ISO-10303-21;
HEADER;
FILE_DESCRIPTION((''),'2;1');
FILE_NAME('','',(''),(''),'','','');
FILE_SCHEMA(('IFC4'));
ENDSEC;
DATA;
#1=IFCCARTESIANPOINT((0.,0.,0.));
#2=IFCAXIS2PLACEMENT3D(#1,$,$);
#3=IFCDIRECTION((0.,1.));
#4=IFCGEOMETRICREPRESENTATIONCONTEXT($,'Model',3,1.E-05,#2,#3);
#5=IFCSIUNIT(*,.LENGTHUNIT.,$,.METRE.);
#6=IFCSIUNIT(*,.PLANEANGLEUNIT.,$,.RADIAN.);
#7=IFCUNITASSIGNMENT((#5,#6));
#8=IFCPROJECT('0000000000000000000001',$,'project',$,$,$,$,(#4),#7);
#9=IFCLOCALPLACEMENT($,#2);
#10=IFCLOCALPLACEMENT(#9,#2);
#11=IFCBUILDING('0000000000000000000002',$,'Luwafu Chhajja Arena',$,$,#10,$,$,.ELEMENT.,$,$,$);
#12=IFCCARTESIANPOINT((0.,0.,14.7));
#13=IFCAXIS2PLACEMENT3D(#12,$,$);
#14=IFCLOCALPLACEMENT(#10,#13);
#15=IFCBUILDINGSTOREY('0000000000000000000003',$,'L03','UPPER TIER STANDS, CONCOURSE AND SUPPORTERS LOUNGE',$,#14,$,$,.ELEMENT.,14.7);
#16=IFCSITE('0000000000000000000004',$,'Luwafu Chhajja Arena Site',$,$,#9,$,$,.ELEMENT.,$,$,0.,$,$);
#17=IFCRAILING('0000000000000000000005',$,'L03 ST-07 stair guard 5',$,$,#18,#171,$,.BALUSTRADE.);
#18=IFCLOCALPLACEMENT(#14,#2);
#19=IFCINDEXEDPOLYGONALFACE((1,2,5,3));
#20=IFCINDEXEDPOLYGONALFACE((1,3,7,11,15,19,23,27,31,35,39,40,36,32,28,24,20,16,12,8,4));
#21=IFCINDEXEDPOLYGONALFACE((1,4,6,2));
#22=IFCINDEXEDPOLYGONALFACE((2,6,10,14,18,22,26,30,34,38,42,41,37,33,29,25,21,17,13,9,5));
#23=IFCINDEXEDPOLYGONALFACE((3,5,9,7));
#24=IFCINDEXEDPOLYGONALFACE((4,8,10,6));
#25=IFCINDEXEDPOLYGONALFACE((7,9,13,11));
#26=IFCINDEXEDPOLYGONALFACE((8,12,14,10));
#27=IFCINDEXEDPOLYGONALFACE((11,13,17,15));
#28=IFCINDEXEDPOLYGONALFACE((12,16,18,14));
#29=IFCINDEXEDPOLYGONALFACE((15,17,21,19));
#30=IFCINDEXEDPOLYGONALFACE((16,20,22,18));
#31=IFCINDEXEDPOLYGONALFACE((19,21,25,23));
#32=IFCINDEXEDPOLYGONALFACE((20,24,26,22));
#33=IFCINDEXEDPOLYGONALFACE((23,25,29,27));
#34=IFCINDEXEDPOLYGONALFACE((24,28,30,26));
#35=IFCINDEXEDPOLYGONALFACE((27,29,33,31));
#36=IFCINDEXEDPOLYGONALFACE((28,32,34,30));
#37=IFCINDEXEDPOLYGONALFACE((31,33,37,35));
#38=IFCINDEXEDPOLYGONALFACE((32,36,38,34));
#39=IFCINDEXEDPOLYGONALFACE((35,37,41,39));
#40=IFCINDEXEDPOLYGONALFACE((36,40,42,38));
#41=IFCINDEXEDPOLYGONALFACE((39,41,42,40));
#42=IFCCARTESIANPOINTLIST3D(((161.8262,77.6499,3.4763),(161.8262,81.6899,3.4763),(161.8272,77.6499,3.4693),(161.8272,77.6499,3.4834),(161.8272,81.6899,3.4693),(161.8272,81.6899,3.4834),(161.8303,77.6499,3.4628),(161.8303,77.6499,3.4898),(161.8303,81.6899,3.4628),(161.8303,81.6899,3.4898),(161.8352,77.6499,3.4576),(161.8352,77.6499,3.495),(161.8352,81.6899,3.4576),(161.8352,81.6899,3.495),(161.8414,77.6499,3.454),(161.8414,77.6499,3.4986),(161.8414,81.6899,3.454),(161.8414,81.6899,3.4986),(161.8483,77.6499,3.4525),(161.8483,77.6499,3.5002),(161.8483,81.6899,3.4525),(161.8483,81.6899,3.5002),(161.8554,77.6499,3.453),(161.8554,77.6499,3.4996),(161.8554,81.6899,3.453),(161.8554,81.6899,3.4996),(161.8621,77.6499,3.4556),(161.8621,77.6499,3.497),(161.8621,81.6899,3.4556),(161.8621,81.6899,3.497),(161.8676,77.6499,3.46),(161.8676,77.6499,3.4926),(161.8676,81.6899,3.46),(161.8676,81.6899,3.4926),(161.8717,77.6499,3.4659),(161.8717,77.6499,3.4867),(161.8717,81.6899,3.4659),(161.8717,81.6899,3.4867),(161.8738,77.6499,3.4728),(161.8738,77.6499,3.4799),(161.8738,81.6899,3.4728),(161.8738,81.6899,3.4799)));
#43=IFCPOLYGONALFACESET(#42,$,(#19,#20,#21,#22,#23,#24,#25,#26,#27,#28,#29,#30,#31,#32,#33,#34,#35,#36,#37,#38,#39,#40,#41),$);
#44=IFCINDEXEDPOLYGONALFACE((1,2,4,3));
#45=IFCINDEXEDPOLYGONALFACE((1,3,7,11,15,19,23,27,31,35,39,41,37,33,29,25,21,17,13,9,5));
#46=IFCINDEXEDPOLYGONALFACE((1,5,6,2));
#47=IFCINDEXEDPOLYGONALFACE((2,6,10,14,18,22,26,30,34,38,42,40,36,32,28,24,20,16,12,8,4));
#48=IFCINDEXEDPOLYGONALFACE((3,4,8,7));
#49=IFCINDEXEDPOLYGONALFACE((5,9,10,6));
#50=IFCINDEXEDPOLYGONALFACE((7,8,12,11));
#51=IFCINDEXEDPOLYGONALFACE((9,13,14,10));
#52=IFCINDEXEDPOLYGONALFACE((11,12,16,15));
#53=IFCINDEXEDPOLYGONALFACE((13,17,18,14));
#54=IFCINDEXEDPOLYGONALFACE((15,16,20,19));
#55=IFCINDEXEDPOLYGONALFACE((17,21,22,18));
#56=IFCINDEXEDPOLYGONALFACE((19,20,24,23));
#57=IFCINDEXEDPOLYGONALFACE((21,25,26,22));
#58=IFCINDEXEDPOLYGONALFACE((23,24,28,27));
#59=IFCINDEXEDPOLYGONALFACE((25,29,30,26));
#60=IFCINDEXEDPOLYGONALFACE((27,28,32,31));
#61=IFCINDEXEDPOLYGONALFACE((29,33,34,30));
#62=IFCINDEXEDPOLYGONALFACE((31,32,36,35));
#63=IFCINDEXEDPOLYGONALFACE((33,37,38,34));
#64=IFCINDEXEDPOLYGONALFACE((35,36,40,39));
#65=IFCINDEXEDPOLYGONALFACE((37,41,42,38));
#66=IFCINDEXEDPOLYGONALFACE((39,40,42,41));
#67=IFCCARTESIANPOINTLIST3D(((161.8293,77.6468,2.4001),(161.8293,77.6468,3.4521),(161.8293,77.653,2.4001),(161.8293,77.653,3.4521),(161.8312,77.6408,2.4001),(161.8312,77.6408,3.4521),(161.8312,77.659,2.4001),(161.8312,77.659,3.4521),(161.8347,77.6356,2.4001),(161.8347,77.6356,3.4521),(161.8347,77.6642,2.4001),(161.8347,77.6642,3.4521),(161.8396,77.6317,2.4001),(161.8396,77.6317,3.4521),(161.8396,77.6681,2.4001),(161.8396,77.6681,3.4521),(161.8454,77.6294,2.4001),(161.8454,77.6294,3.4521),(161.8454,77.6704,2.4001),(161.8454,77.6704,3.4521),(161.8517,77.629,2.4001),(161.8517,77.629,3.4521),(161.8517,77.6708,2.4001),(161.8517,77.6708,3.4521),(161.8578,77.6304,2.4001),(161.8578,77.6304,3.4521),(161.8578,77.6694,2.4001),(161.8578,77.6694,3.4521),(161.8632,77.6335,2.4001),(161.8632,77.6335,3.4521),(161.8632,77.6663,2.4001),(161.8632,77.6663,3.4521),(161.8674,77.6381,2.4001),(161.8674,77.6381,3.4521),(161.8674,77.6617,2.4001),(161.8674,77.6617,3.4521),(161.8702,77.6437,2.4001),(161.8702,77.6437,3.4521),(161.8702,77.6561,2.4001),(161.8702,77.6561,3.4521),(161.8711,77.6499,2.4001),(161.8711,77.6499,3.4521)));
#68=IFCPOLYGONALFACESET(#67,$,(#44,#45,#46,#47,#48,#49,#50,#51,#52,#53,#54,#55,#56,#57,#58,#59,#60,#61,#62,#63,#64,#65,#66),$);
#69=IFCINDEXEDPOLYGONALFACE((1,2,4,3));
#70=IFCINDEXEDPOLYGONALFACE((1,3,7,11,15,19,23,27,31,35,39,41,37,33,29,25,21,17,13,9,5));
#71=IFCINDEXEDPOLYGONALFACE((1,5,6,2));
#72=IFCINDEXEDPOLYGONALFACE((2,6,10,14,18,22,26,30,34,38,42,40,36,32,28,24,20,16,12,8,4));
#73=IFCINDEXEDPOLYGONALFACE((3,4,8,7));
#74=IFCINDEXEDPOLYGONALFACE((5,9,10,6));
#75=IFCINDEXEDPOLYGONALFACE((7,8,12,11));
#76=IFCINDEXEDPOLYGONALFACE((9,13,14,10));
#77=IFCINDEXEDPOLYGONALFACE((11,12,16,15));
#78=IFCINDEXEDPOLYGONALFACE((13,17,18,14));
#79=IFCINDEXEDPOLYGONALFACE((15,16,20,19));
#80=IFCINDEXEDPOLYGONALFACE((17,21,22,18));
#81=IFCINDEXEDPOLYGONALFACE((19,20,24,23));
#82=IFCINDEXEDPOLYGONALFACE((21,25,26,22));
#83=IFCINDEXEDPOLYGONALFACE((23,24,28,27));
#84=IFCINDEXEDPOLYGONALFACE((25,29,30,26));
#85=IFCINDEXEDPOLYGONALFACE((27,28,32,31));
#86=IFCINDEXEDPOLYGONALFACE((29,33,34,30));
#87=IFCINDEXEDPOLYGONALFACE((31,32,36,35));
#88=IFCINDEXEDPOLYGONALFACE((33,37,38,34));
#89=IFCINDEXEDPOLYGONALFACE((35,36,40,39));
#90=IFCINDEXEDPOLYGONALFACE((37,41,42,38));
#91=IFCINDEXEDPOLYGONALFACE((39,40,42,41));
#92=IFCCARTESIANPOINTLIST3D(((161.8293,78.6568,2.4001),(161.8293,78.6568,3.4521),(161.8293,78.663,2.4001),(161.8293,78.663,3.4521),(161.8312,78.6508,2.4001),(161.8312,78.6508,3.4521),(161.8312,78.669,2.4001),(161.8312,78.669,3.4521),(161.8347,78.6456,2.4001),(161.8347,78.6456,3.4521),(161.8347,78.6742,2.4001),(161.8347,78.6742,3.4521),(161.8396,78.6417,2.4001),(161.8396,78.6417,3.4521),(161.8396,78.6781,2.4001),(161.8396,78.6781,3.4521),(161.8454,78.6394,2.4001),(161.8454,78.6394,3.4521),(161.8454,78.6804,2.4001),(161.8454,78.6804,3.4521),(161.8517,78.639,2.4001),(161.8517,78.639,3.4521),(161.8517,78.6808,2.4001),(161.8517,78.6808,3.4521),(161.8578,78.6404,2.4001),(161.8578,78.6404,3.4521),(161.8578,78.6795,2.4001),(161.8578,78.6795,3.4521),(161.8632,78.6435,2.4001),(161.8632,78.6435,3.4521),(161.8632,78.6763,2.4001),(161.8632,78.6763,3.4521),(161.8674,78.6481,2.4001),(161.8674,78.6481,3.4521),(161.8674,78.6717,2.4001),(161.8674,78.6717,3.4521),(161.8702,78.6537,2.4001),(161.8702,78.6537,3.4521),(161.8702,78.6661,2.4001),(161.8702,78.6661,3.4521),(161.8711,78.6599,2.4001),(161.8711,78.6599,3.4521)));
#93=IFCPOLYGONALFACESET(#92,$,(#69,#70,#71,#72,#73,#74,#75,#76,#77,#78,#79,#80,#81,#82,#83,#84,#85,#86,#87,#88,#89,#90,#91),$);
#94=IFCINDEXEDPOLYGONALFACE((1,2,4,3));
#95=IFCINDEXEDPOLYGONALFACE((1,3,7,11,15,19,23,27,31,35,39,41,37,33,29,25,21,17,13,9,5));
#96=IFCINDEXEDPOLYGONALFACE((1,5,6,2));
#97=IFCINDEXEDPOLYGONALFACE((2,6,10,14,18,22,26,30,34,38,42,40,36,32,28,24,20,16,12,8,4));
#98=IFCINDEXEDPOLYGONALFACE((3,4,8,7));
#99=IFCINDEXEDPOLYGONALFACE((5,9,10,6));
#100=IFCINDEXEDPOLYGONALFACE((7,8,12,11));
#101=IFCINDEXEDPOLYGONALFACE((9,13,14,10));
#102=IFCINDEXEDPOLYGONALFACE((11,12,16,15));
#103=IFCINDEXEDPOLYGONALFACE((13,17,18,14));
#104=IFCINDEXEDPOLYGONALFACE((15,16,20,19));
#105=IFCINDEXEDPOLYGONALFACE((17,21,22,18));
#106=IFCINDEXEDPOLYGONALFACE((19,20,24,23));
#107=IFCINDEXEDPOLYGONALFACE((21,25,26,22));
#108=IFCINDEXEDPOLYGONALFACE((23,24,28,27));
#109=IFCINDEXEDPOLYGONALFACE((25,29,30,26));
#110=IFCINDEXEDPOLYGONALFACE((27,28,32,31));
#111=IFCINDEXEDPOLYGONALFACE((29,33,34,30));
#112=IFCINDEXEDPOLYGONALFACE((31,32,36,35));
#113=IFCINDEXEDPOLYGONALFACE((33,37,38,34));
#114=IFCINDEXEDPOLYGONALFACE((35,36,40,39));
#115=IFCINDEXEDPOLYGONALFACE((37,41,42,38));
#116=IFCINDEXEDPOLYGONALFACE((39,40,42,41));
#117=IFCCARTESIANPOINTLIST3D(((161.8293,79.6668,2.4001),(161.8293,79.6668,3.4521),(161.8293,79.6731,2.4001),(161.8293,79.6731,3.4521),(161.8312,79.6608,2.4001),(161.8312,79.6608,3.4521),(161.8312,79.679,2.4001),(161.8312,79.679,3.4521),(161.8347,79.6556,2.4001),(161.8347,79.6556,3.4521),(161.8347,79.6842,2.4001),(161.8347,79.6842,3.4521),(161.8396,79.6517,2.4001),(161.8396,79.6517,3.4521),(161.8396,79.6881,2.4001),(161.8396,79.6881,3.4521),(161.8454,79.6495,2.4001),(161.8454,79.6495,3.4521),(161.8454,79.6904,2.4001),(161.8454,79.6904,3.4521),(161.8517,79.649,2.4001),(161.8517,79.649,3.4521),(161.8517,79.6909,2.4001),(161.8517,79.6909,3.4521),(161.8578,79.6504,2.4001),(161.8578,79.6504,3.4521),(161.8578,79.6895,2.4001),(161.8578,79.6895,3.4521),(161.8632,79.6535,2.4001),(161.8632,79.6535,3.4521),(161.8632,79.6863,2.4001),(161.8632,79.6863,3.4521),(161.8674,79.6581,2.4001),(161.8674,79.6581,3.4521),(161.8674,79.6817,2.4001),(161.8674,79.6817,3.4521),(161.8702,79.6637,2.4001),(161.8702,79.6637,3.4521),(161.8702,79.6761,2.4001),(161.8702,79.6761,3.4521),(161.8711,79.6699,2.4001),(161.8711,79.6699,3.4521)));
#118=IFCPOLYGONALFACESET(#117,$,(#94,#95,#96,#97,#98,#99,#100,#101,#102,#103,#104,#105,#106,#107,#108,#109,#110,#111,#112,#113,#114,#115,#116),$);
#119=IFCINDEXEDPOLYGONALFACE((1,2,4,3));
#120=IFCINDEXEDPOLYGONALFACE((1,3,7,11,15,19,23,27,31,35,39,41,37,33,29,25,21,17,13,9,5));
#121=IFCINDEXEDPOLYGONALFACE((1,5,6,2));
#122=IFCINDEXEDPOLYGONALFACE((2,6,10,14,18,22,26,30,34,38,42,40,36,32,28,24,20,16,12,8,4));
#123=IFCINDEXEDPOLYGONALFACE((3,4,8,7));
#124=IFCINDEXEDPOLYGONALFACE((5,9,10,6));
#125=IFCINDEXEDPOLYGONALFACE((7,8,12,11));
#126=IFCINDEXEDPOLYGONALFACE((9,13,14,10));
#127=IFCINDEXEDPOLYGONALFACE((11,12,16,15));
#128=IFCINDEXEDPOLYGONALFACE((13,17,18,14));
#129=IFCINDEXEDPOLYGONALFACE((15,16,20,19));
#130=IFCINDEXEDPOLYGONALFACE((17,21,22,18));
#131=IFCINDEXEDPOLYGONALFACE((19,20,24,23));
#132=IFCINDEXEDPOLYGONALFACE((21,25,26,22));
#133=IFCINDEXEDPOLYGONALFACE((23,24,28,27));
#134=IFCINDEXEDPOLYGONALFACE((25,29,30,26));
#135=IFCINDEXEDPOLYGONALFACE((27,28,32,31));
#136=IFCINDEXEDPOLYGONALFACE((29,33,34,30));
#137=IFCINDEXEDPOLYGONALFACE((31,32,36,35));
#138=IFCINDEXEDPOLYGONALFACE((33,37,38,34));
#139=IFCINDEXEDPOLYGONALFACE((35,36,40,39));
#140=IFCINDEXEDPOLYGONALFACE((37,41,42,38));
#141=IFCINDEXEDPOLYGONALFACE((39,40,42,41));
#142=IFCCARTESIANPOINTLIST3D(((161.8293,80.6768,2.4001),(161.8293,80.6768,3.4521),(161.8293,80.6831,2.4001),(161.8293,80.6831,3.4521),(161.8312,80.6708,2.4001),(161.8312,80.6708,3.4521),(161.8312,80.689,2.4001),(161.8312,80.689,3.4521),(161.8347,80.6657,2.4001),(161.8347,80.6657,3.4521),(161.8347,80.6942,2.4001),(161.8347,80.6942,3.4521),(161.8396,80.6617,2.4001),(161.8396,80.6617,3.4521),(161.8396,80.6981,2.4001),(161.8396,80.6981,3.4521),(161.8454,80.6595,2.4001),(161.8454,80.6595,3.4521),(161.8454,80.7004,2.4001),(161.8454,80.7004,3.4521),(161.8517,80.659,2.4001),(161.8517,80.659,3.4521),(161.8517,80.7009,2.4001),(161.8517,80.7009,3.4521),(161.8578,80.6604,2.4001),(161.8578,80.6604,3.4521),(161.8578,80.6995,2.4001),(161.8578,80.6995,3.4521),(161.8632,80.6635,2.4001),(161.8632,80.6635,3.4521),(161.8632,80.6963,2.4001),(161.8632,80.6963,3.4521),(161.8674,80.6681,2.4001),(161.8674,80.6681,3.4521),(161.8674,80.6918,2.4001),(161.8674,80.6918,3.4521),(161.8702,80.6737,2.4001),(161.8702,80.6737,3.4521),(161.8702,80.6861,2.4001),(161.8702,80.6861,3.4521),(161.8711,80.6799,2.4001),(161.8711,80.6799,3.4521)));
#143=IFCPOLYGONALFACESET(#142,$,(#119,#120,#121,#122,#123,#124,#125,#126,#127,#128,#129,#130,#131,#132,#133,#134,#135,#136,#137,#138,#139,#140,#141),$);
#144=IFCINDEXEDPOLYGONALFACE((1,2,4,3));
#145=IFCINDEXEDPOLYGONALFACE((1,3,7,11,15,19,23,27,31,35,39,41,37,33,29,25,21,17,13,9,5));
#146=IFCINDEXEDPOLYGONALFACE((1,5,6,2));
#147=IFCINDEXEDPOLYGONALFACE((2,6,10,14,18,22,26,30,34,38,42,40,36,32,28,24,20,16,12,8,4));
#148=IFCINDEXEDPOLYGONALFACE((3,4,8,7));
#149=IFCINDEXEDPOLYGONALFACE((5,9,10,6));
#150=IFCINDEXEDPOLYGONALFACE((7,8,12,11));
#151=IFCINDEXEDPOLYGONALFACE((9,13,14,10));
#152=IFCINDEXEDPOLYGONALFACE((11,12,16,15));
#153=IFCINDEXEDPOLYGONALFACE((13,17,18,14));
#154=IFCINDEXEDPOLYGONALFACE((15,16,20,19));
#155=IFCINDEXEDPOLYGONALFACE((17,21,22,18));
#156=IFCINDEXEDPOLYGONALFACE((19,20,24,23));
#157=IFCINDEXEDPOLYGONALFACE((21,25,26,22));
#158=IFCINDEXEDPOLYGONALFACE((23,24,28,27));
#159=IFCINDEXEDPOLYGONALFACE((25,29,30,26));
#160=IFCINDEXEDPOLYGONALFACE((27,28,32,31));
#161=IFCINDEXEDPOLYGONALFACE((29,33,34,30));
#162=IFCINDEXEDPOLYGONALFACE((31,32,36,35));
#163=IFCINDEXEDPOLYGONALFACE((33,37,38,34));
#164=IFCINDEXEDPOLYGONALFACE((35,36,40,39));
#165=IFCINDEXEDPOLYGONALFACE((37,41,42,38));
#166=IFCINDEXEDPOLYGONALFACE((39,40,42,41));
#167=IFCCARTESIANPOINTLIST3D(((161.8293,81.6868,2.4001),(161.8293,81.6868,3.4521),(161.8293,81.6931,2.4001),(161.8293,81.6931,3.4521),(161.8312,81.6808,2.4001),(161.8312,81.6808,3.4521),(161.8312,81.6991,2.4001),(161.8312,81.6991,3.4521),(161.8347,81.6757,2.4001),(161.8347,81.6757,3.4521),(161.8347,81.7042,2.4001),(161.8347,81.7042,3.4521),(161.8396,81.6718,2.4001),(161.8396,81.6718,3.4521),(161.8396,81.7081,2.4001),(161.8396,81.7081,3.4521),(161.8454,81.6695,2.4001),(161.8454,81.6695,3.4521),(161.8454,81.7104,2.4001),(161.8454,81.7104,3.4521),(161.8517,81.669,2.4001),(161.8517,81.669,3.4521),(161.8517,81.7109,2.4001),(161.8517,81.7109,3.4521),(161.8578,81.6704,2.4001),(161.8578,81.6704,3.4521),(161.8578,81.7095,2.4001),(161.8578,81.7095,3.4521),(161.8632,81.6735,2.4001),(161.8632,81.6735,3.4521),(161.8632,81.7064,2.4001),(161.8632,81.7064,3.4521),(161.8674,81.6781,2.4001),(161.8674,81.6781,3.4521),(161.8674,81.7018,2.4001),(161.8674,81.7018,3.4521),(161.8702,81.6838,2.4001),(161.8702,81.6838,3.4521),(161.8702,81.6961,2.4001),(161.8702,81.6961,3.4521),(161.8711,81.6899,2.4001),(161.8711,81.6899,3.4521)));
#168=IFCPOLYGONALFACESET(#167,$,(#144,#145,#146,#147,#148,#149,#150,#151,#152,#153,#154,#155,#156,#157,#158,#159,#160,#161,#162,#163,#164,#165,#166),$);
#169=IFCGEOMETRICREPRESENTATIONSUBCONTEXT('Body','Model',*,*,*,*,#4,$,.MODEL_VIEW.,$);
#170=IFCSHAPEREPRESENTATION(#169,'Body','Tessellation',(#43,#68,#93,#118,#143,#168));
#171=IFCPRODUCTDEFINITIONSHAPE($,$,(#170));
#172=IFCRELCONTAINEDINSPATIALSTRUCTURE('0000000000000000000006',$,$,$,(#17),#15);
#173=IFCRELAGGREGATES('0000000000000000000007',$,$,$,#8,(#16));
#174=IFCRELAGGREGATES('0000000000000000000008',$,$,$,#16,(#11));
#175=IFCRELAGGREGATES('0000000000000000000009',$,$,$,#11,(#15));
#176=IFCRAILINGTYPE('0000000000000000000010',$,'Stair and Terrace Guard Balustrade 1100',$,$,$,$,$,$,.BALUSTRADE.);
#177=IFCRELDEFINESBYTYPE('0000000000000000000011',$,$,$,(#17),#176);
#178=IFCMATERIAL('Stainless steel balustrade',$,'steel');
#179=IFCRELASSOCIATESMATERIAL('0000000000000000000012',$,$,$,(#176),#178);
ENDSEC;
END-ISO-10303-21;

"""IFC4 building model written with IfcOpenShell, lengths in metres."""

from ifc_helpers import new_model, si_unit, direction, frame, origin, origin_2d, place, context, subcontext, project, spatial, circle, extrude, material, type_object, element, save


model = new_model("IFC4")

# Units and contexts
model_context = context("Model", 3, precision=1e-05, world=origin(), true_north=direction((0.0, 1.0)))
body_context = subcontext(model_context, "Body", "Model", "MODEL_VIEW")
ifc_project = project(units=[si_unit("LENGTHUNIT", "METRE"), si_unit("PLANEANGLEUNIT", "RADIAN")], contexts=[model_context])

# Site, building, storey
site_placement = place(None, origin())
site = spatial("IfcSite", under=ifc_project, at=site_placement, Name="Luwafu Chhajja Arena Site", CompositionType="ELEMENT", RefElevation=0.0)
building_placement = place(site_placement, origin())
building = spatial("IfcBuilding", under=site, at=building_placement, Name="Luwafu Chhajja Arena", CompositionType="ELEMENT")
storey_placement = place(building_placement, frame((0.0, 0.0, 14.7)))
storey = spatial("IfcBuildingStorey", under=building, at=storey_placement, Name="L03", Description="UPPER TIER STANDS, CONCOURSE AND SUPPORTERS LOUNGE", CompositionType="ELEMENT", Elevation=14.7)

# Railing
ifc_material_1 = material(Name="Stainless steel balustrade", Category="steel")
railing_type_1 = type_object("IfcRailingType", Name="Stair and Terrace Guard Balustrade 1100", PredefinedType="BALUSTRADE", material=ifc_material_1)
railing_1_placement = place(storey_placement, frame((161.8501, 77.6499, 2.4001)))
element("IfcRailing", 1, at=railing_1_placement, inside=storey, type_object=railing_type_1, Name="L03 ST-07 stair guard 5", PredefinedType="BALUSTRADE", context=body_context, shape_type="SweptSolid", body=[
    extrude(circle(Radius=0.0239, at=origin_2d()), frame((0.0, 0.0, 1.0762), z_axis=(0.0, 1.0, 0.0), x_axis=(-1.0, 0.0, 0.0)), (0.0, 0.0, 1.0), 4.04),
    extrude(circle(Radius=0.021, at=origin_2d()), origin(), (0.0, 0.0, 1.0), 1.052),
    extrude(circle(Radius=0.021, at=origin_2d()), frame((0.0, 1.01, 0.0)), (0.0, 0.0, 1.0), 1.052),
    extrude(circle(Radius=0.021, at=origin_2d()), frame((0.0, 2.02, 0.0)), (0.0, 0.0, 1.0), 1.052),
    extrude(circle(Radius=0.021, at=origin_2d()), frame((0.0, 3.03, 0.0)), (0.0, 0.0, 1.0), 1.052),
    extrude(circle(Radius=0.021, at=origin_2d()), frame((0.0, 4.04, 0.0)), (0.0, 0.0, 1.0), 1.052),
])

save(model, "model.ifc")
